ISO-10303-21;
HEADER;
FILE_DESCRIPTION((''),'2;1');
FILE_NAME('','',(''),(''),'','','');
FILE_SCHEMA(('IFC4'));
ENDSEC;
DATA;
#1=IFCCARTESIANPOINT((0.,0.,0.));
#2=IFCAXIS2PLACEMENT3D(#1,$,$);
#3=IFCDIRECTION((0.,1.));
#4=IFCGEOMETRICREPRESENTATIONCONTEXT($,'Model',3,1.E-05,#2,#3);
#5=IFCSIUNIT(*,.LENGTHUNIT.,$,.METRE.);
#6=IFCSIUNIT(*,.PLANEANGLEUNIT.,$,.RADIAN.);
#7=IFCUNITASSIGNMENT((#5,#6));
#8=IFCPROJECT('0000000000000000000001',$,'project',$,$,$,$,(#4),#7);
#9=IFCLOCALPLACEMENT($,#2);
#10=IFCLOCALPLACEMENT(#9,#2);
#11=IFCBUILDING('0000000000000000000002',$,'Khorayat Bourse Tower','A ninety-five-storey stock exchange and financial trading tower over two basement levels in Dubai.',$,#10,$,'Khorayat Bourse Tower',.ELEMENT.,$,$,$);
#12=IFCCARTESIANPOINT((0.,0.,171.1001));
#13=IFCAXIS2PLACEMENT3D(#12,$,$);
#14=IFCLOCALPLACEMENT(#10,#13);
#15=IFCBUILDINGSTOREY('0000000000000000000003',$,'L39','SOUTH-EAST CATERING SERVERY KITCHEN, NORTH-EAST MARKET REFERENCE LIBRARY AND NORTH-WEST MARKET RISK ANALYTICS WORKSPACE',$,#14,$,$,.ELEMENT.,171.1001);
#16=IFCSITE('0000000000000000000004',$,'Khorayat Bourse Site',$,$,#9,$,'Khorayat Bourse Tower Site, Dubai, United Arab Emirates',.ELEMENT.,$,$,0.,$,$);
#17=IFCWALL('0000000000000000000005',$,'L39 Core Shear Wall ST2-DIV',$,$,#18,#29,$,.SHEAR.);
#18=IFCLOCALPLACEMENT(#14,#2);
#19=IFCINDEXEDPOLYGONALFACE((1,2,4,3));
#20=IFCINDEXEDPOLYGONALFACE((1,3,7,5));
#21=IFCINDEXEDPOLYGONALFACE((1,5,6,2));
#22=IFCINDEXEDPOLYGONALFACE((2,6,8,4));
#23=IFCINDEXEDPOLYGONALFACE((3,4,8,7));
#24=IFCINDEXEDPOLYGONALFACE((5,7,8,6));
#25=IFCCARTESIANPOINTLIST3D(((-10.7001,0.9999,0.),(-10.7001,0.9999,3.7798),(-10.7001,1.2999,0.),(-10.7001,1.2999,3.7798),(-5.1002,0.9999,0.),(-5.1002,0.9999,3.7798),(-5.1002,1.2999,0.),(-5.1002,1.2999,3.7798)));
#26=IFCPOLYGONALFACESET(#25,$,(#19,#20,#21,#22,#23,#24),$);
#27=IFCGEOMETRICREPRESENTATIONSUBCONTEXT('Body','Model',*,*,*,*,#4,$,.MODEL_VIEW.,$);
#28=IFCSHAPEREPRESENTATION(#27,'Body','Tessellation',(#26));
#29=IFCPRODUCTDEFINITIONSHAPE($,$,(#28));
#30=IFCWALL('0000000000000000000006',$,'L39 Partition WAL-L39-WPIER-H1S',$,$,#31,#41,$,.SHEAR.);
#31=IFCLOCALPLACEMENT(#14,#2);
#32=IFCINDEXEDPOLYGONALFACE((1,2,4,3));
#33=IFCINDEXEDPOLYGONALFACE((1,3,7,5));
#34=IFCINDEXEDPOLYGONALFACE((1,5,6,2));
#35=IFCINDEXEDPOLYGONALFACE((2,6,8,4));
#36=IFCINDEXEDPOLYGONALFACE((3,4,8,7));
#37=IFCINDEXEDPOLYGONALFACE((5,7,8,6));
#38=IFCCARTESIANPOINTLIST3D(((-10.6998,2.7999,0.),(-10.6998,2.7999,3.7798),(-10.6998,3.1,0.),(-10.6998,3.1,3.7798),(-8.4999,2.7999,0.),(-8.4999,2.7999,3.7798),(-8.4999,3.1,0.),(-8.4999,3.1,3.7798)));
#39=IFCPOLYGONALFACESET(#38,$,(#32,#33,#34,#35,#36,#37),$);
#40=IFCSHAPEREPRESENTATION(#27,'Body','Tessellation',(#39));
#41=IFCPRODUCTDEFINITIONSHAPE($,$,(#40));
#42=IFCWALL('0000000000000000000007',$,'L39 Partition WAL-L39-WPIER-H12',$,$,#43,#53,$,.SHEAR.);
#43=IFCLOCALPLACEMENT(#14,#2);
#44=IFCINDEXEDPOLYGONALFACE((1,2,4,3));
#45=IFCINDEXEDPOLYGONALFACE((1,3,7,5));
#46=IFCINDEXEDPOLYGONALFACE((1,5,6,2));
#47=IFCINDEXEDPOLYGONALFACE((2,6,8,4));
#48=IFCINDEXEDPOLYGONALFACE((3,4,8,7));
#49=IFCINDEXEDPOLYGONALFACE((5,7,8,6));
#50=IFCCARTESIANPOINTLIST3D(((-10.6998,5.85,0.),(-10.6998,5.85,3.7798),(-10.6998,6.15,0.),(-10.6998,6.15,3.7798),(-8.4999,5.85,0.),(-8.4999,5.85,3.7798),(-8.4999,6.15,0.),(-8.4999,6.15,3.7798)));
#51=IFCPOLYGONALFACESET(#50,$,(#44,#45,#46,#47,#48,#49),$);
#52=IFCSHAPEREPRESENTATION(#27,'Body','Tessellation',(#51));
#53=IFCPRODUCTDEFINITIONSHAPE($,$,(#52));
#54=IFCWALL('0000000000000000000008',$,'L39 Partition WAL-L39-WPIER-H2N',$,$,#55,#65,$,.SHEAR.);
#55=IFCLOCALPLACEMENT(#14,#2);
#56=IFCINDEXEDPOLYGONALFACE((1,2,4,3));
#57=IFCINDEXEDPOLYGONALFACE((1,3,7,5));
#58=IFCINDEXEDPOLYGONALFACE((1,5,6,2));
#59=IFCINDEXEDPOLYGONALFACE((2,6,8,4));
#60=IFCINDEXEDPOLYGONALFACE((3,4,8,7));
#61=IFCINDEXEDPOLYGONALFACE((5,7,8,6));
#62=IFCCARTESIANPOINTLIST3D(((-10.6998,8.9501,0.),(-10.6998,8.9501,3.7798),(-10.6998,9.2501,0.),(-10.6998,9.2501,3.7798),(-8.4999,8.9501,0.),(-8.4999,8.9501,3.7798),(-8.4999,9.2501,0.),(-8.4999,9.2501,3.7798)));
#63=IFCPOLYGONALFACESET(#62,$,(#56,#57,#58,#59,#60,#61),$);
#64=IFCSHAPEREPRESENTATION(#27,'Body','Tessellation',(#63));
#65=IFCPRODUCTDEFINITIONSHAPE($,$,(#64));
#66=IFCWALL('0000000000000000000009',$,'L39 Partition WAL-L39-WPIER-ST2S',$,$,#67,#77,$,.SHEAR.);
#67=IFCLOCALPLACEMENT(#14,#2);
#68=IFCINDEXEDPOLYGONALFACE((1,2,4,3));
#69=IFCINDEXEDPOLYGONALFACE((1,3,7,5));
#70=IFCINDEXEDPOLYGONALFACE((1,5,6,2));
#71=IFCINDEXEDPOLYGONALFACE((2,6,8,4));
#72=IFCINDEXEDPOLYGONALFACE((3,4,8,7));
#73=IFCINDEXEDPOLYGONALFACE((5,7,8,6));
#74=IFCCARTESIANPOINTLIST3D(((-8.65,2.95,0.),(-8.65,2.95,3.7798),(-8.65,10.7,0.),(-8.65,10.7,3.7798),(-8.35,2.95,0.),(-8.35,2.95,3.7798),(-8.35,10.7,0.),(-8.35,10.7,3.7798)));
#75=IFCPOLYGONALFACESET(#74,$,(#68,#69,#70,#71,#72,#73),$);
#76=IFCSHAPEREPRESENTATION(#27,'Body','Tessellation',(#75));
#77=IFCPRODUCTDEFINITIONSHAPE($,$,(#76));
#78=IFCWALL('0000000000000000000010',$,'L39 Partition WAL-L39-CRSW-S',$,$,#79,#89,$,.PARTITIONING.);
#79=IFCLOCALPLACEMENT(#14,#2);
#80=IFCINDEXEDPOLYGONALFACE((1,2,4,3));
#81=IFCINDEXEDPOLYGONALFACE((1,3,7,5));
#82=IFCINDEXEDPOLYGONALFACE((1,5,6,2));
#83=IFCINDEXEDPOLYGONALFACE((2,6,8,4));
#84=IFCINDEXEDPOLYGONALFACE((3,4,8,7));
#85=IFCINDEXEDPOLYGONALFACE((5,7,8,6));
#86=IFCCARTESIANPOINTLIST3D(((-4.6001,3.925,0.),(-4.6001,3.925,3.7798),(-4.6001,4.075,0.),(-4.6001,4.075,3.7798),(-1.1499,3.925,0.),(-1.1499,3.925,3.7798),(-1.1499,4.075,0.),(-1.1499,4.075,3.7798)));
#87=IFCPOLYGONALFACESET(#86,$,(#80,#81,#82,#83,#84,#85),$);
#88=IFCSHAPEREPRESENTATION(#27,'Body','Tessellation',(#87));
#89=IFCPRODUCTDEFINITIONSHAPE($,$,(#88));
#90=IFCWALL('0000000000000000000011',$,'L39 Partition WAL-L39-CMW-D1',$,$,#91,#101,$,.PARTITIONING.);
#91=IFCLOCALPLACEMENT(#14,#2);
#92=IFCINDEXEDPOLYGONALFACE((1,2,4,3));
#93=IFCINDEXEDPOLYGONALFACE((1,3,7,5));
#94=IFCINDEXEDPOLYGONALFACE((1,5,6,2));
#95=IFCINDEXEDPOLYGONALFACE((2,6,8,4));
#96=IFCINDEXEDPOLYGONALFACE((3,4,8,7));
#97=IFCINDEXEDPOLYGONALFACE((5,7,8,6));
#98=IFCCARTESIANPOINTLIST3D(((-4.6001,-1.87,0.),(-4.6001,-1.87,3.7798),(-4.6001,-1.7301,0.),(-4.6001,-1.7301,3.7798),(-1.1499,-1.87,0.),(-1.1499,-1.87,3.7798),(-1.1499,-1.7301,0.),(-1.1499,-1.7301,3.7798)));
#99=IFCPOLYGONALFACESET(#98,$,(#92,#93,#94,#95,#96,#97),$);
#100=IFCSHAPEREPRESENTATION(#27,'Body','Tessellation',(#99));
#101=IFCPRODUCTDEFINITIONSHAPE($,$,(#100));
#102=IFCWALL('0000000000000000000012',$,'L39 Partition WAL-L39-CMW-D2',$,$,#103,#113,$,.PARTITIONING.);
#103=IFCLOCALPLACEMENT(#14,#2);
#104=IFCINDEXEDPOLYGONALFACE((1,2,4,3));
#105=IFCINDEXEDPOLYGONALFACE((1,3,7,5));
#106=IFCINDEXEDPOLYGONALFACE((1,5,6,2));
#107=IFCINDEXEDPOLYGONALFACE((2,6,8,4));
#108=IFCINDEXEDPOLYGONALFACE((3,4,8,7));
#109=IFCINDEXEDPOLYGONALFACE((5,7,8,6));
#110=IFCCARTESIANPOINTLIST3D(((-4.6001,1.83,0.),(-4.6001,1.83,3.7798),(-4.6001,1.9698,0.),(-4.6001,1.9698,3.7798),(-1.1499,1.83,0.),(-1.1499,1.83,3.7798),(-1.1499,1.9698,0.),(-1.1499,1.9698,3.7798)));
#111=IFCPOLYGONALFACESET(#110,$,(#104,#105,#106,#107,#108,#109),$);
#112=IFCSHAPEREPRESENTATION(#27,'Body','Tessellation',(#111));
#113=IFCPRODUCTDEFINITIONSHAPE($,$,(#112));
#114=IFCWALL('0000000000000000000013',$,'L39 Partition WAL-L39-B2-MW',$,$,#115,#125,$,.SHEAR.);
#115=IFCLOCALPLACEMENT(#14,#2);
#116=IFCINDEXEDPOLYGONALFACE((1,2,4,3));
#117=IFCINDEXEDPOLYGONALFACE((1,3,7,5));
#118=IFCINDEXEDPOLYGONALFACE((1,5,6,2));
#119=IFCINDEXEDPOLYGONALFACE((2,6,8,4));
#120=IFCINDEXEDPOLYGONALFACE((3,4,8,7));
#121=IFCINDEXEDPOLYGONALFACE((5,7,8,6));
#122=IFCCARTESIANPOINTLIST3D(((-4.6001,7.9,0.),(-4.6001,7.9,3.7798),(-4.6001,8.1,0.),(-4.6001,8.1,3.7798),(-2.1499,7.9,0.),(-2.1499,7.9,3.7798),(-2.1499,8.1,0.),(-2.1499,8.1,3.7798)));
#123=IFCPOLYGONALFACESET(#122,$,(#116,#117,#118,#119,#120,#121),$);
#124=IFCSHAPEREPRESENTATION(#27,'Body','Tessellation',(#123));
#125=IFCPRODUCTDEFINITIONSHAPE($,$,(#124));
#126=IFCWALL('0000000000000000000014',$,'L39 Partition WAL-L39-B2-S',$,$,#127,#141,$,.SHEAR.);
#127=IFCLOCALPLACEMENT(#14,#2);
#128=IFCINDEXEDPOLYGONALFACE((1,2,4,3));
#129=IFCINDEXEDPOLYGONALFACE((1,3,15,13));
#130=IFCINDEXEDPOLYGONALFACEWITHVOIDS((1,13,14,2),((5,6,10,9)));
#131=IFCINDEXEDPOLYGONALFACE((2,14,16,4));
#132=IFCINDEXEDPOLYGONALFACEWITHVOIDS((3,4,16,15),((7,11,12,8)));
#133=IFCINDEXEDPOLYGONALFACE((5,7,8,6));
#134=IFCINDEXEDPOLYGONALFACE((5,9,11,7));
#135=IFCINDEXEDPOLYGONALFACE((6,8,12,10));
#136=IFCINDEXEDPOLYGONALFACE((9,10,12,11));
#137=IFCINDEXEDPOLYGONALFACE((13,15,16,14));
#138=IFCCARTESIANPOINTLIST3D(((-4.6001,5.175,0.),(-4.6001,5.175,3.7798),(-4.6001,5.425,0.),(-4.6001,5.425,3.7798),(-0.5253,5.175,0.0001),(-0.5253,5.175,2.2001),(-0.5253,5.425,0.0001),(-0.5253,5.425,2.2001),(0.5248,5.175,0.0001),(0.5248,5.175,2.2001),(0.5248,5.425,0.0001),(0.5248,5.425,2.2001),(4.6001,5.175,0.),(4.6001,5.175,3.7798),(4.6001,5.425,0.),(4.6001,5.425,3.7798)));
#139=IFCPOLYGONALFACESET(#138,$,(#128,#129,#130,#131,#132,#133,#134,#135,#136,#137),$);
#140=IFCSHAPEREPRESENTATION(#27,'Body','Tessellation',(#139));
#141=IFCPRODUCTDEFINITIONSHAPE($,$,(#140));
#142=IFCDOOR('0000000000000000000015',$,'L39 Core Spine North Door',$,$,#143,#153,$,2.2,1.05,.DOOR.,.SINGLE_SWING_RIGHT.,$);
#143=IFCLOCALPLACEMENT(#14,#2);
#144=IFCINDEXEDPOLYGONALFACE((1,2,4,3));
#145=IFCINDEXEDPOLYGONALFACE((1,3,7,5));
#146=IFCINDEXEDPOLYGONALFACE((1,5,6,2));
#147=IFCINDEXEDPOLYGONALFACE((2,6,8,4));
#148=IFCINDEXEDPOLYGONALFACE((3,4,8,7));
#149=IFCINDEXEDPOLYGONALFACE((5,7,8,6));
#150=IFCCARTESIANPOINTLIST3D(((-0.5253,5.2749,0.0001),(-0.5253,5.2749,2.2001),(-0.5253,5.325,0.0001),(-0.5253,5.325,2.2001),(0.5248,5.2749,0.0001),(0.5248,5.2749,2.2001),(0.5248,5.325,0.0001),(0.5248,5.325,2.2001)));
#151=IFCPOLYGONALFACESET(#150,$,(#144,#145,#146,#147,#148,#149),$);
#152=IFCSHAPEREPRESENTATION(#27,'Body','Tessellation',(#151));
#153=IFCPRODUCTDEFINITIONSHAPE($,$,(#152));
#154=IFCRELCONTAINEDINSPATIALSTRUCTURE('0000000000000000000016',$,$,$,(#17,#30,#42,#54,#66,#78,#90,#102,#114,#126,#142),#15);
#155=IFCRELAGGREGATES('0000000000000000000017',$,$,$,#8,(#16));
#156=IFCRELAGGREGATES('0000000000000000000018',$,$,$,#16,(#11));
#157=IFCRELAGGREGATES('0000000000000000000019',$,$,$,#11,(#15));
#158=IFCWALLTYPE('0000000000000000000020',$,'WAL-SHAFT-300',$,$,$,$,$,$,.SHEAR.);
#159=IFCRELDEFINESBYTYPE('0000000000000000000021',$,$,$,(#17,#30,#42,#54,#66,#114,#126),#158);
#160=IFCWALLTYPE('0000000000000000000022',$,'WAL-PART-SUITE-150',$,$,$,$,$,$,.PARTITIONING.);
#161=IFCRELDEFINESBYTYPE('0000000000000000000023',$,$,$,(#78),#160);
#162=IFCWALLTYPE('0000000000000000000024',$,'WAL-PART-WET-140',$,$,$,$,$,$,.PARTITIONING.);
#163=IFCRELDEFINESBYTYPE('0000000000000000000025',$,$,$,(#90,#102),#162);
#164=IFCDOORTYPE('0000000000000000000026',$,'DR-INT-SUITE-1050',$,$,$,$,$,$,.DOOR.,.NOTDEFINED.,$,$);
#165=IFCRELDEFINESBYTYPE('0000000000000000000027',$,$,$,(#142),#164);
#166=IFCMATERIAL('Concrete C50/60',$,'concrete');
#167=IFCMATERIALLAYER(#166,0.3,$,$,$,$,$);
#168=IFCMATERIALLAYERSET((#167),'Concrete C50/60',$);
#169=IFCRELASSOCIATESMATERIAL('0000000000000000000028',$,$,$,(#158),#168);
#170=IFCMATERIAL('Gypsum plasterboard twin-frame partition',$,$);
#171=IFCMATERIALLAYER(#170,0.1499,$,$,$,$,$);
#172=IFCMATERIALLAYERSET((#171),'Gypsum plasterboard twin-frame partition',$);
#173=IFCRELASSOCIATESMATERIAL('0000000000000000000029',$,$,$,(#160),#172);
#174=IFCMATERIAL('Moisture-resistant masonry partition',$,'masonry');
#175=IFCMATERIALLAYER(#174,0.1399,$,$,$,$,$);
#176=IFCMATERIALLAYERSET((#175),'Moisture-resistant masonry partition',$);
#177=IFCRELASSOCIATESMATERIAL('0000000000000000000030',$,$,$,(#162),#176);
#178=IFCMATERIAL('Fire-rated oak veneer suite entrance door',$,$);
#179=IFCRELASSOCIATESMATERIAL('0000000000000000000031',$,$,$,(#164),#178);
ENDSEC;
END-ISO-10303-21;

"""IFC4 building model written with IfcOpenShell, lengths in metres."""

from ifc_helpers import new_model, si_unit, direction, frame, frame_2d, origin, place, context, subcontext, project, spatial, rectangle, extrude, source, transform, mapped, material, layer, layer_set, type_object, element, fill, save


model = new_model("IFC4")

# Units and contexts
model_context = context("Model", 3, precision=1e-05, world=origin(), true_north=direction((0.0, 1.0)))
body_context = subcontext(model_context, "Body", "Model", "MODEL_VIEW")
ifc_project = project(units=[si_unit("LENGTHUNIT", "METRE"), si_unit("PLANEANGLEUNIT", "RADIAN")], contexts=[model_context])

# Site, building, storey
site_placement = place(None, origin())
site = spatial("IfcSite", under=ifc_project, at=site_placement, Name="Khorayat Bourse Site", LongName="Khorayat Bourse Tower Site, Dubai, United Arab Emirates", CompositionType="ELEMENT", RefElevation=0.0)
building_placement = place(site_placement, origin())
building = spatial("IfcBuilding", under=site, at=building_placement, Name="Khorayat Bourse Tower", Description="A ninety-five-storey stock exchange and financial trading tower over two basement levels in Dubai.", LongName="Khorayat Bourse Tower", CompositionType="ELEMENT")
storey_placement = place(building_placement, frame((0.0, 0.0, 171.1001)))
storey = spatial("IfcBuildingStorey", under=building, at=storey_placement, Name="L39", Description="SOUTH-EAST CATERING SERVERY KITCHEN, NORTH-EAST MARKET REFERENCE LIBRARY AND NORTH-WEST MARKET RISK ANALYTICS WORKSPACE", CompositionType="ELEMENT", Elevation=171.1001)

# Walls
ifc_material_1 = material(Name="Concrete C50/60", Category="concrete")
ifc_layer_1 = layer(ifc_material_1, 0.3)
ifc_layer_set_1 = layer_set([ifc_layer_1], Name="Concrete C50/60")
wall_type_1 = type_object("IfcWallType", Name="WAL-SHAFT-300", PredefinedType="SHEAR", material=ifc_layer_set_1)
shared_shape_1 = source(origin(), body_context, "Body", "SweptSolid", [
    extrude(rectangle(XDim=5.5999, YDim=0.3, at=frame_2d((2.7998, 0.0))), origin(), (0.0, 0.0, 1.0), 3.7798),
])
for number, where, z_axis, x_axis, name in (
    (1, (-10.7, 1.1499, 0.0), (0.0, 0.0, 1.0), (1.0, 0.0, 0.0), "L39 Core Shear Wall ST2-DIV"),
):
    element("IfcWall", number, at=place(storey_placement, frame(where, z_axis=z_axis, x_axis=x_axis)), inside=storey, type_object=wall_type_1, Name=name, PredefinedType="SHEAR", context=body_context, shape_type="MappedRepresentation", body=[
        mapped(shared_shape_1, transform((0.0, 0.0, 0.0), scale=1.0)),
    ])
shared_shape_2 = source(origin(), body_context, "Body", "SweptSolid", [
    extrude(rectangle(XDim=2.2, YDim=0.3, at=frame_2d((1.1001, 0.0))), origin(), (0.0, 0.0, 1.0), 3.7798),
])
for number, where, z_axis, x_axis, name in (
    (2, (-10.7, 2.95, 0.0), (0.0, 0.0, 1.0), (1.0, 0.0, 0.0), "L39 Partition WAL-L39-WPIER-H1S"),
    (3, (-10.7, 6.0, 0.0), (0.0, 0.0, 1.0), (1.0, 0.0, 0.0), "L39 Partition WAL-L39-WPIER-H12"),
    (4, (-10.7, 9.1001, 0.0), (0.0, 0.0, 1.0), (1.0, 0.0, 0.0), "L39 Partition WAL-L39-WPIER-H2N"),
):
    element("IfcWall", number, at=place(storey_placement, frame(where, z_axis=z_axis, x_axis=x_axis)), inside=storey, type_object=wall_type_1, Name=name, PredefinedType="SHEAR", context=body_context, shape_type="MappedRepresentation", body=[
        mapped(shared_shape_2, transform((0.0, 0.0, 0.0), scale=1.0)),
    ])
shared_shape_3 = source(origin(), body_context, "Body", "SweptSolid", [
    extrude(rectangle(XDim=7.75, YDim=0.3, at=frame_2d((3.875, 0.0))), origin(), (0.0, 0.0, 1.0), 3.7798),
])
wall_1_placement = place(storey_placement, frame((-8.5, 2.95, 0.0), z_axis=(0.0, 0.0, 1.0), x_axis=(0.0, 1.0, 0.0)))
element("IfcWall", 5, at=wall_1_placement, inside=storey, type_object=wall_type_1, Name="L39 Partition WAL-L39-WPIER-ST2S", PredefinedType="SHEAR", context=body_context, shape_type="MappedRepresentation", body=[
    mapped(shared_shape_3, transform((0.0, 0.0, 0.0), scale=1.0)),
])
ifc_material_2 = material(Name="Gypsum plasterboard twin-frame partition")
ifc_layer_2 = layer(ifc_material_2, 0.1499)
ifc_layer_set_2 = layer_set([ifc_layer_2], Name="Gypsum plasterboard twin-frame partition")
wall_type_2 = type_object("IfcWallType", Name="WAL-PART-SUITE-150", PredefinedType="PARTITIONING", material=ifc_layer_set_2)
shared_shape_4 = source(origin(), body_context, "Body", "SweptSolid", [
    extrude(rectangle(XDim=3.4502, YDim=0.1499, at=frame_2d((1.7251, 0.0))), origin(), (0.0, 0.0, 1.0), 3.7798),
])
wall_2_placement = place(storey_placement, frame((-4.6001, 4.0, 0.0), z_axis=(0.0, 0.0, 1.0), x_axis=(1.0, 0.0, 0.0)))
element("IfcWall", 6, at=wall_2_placement, inside=storey, type_object=wall_type_2, Name="L39 Partition WAL-L39-CRSW-S", PredefinedType="PARTITIONING", context=body_context, shape_type="MappedRepresentation", body=[
    mapped(shared_shape_4, transform((0.0, 0.0, 0.0), scale=1.0)),
])
ifc_material_3 = material(Name="Moisture-resistant masonry partition", Category="masonry")
ifc_layer_3 = layer(ifc_material_3, 0.1399)
ifc_layer_set_3 = layer_set([ifc_layer_3], Name="Moisture-resistant masonry partition")
wall_type_3 = type_object("IfcWallType", Name="WAL-PART-WET-140", PredefinedType="PARTITIONING", material=ifc_layer_set_3)
shared_shape_5 = source(origin(), body_context, "Body", "SweptSolid", [
    extrude(rectangle(XDim=3.4502, YDim=0.1399, at=frame_2d((1.7251, 0.0))), origin(), (0.0, 0.0, 1.0), 3.7798),
])
for number, where, z_axis, x_axis, name in (
    (7, (-4.6001, -1.8, 0.0), (0.0, 0.0, 1.0), (1.0, 0.0, 0.0), "L39 Partition WAL-L39-CMW-D1"),
    (8, (-4.6001, 1.8999, 0.0), (0.0, 0.0, 1.0), (1.0, 0.0, 0.0), "L39 Partition WAL-L39-CMW-D2"),
):
    element("IfcWall", number, at=place(storey_placement, frame(where, z_axis=z_axis, x_axis=x_axis)), inside=storey, type_object=wall_type_3, Name=name, PredefinedType="PARTITIONING", context=body_context, shape_type="MappedRepresentation", body=[
        mapped(shared_shape_5, transform((0.0, 0.0, 0.0), scale=1.0)),
    ])
shared_shape_6 = source(origin(), body_context, "Body", "SweptSolid", [
    extrude(rectangle(XDim=2.4502, YDim=0.2, at=frame_2d((1.2251, 0.0))), origin(), (0.0, 0.0, 1.0), 3.7798),
])
wall_3_placement = place(storey_placement, frame((-4.6001, 8.0, 0.0), z_axis=(0.0, 0.0, 1.0), x_axis=(1.0, 0.0, 0.0)))
element("IfcWall", 9, at=wall_3_placement, inside=storey, type_object=wall_type_1, Name="L39 Partition WAL-L39-B2-MW", PredefinedType="SHEAR", context=body_context, shape_type="MappedRepresentation", body=[
    mapped(shared_shape_6, transform((0.0, 0.0, 0.0), scale=1.0)),
])

# Wall, opening, door
shared_shape_7 = source(origin(), body_context, "Body", "SweptSolid", [
    extrude(rectangle(XDim=9.2002, YDim=0.25, at=frame_2d((4.6001, 0.0))), origin(), (0.0, 0.0, 1.0), 3.7798),
])
wall_4_placement = place(storey_placement, frame((-4.6001, 5.3, 0.0), z_axis=(0.0, 0.0, 1.0), x_axis=(1.0, 0.0, 0.0)))
wall_4 = element("IfcWall", 10, at=wall_4_placement, inside=storey, type_object=wall_type_1, Name="L39 Partition WAL-L39-B2-S", PredefinedType="SHEAR", context=body_context, shape_type="MappedRepresentation", body=[
    mapped(shared_shape_7, transform((0.0, 0.0, 0.0), scale=1.0)),
])
shared_shape_8 = source(origin(), body_context, "Body", "SweptSolid", [
    extrude(rectangle(XDim=1.05, YDim=2.2, at=frame_2d((0.5249, 1.1001))), frame((0.0, 0.135, 0.0), z_axis=(0.0, -1.0, 0.0), x_axis=(1.0, 0.0, 0.0)), (0.0, 0.0, 1.0), 0.27),
])
opening_placement = place(wall_4_placement, frame((4.075, 0.0, 0.0)))
opening = element("IfcOpeningElement", 11, at=opening_placement, cuts=wall_4, PredefinedType="OPENING", context=body_context, shape_type="MappedRepresentation", body=[
    mapped(shared_shape_8, transform((0.0, 0.0, 0.0), scale=1.0)),
])
ifc_material_4 = material(Name="Fire-rated oak veneer suite entrance door")
door_type = type_object("IfcDoorType", Name="DR-INT-SUITE-1050", OperationType="NOTDEFINED", PredefinedType="DOOR", material=ifc_material_4)
shared_shape_9 = source(origin(), body_context, "Body", "SweptSolid", [
    extrude(rectangle(XDim=1.05, YDim=2.2, at=frame_2d((0.5249, 1.1001))), frame((0.0, 0.0249, 0.0), z_axis=(0.0, -1.0, 0.0), x_axis=(1.0, 0.0, 0.0)), (0.0, 0.0, 1.0), 0.05),
])
door_placement = place(opening_placement, origin())
door = element("IfcDoor", 12, at=door_placement, inside=storey, type_object=door_type, Name="L39 Core Spine North Door", OperationType="SINGLE_SWING_RIGHT", OverallHeight=2.2, OverallWidth=1.05, PredefinedType="DOOR", context=body_context, shape_type="MappedRepresentation", body=[
    mapped(shared_shape_9, transform((0.0, 0.0, 0.0), scale=1.0)),
])
fill(opening, door)

save(model, "model.ifc")
